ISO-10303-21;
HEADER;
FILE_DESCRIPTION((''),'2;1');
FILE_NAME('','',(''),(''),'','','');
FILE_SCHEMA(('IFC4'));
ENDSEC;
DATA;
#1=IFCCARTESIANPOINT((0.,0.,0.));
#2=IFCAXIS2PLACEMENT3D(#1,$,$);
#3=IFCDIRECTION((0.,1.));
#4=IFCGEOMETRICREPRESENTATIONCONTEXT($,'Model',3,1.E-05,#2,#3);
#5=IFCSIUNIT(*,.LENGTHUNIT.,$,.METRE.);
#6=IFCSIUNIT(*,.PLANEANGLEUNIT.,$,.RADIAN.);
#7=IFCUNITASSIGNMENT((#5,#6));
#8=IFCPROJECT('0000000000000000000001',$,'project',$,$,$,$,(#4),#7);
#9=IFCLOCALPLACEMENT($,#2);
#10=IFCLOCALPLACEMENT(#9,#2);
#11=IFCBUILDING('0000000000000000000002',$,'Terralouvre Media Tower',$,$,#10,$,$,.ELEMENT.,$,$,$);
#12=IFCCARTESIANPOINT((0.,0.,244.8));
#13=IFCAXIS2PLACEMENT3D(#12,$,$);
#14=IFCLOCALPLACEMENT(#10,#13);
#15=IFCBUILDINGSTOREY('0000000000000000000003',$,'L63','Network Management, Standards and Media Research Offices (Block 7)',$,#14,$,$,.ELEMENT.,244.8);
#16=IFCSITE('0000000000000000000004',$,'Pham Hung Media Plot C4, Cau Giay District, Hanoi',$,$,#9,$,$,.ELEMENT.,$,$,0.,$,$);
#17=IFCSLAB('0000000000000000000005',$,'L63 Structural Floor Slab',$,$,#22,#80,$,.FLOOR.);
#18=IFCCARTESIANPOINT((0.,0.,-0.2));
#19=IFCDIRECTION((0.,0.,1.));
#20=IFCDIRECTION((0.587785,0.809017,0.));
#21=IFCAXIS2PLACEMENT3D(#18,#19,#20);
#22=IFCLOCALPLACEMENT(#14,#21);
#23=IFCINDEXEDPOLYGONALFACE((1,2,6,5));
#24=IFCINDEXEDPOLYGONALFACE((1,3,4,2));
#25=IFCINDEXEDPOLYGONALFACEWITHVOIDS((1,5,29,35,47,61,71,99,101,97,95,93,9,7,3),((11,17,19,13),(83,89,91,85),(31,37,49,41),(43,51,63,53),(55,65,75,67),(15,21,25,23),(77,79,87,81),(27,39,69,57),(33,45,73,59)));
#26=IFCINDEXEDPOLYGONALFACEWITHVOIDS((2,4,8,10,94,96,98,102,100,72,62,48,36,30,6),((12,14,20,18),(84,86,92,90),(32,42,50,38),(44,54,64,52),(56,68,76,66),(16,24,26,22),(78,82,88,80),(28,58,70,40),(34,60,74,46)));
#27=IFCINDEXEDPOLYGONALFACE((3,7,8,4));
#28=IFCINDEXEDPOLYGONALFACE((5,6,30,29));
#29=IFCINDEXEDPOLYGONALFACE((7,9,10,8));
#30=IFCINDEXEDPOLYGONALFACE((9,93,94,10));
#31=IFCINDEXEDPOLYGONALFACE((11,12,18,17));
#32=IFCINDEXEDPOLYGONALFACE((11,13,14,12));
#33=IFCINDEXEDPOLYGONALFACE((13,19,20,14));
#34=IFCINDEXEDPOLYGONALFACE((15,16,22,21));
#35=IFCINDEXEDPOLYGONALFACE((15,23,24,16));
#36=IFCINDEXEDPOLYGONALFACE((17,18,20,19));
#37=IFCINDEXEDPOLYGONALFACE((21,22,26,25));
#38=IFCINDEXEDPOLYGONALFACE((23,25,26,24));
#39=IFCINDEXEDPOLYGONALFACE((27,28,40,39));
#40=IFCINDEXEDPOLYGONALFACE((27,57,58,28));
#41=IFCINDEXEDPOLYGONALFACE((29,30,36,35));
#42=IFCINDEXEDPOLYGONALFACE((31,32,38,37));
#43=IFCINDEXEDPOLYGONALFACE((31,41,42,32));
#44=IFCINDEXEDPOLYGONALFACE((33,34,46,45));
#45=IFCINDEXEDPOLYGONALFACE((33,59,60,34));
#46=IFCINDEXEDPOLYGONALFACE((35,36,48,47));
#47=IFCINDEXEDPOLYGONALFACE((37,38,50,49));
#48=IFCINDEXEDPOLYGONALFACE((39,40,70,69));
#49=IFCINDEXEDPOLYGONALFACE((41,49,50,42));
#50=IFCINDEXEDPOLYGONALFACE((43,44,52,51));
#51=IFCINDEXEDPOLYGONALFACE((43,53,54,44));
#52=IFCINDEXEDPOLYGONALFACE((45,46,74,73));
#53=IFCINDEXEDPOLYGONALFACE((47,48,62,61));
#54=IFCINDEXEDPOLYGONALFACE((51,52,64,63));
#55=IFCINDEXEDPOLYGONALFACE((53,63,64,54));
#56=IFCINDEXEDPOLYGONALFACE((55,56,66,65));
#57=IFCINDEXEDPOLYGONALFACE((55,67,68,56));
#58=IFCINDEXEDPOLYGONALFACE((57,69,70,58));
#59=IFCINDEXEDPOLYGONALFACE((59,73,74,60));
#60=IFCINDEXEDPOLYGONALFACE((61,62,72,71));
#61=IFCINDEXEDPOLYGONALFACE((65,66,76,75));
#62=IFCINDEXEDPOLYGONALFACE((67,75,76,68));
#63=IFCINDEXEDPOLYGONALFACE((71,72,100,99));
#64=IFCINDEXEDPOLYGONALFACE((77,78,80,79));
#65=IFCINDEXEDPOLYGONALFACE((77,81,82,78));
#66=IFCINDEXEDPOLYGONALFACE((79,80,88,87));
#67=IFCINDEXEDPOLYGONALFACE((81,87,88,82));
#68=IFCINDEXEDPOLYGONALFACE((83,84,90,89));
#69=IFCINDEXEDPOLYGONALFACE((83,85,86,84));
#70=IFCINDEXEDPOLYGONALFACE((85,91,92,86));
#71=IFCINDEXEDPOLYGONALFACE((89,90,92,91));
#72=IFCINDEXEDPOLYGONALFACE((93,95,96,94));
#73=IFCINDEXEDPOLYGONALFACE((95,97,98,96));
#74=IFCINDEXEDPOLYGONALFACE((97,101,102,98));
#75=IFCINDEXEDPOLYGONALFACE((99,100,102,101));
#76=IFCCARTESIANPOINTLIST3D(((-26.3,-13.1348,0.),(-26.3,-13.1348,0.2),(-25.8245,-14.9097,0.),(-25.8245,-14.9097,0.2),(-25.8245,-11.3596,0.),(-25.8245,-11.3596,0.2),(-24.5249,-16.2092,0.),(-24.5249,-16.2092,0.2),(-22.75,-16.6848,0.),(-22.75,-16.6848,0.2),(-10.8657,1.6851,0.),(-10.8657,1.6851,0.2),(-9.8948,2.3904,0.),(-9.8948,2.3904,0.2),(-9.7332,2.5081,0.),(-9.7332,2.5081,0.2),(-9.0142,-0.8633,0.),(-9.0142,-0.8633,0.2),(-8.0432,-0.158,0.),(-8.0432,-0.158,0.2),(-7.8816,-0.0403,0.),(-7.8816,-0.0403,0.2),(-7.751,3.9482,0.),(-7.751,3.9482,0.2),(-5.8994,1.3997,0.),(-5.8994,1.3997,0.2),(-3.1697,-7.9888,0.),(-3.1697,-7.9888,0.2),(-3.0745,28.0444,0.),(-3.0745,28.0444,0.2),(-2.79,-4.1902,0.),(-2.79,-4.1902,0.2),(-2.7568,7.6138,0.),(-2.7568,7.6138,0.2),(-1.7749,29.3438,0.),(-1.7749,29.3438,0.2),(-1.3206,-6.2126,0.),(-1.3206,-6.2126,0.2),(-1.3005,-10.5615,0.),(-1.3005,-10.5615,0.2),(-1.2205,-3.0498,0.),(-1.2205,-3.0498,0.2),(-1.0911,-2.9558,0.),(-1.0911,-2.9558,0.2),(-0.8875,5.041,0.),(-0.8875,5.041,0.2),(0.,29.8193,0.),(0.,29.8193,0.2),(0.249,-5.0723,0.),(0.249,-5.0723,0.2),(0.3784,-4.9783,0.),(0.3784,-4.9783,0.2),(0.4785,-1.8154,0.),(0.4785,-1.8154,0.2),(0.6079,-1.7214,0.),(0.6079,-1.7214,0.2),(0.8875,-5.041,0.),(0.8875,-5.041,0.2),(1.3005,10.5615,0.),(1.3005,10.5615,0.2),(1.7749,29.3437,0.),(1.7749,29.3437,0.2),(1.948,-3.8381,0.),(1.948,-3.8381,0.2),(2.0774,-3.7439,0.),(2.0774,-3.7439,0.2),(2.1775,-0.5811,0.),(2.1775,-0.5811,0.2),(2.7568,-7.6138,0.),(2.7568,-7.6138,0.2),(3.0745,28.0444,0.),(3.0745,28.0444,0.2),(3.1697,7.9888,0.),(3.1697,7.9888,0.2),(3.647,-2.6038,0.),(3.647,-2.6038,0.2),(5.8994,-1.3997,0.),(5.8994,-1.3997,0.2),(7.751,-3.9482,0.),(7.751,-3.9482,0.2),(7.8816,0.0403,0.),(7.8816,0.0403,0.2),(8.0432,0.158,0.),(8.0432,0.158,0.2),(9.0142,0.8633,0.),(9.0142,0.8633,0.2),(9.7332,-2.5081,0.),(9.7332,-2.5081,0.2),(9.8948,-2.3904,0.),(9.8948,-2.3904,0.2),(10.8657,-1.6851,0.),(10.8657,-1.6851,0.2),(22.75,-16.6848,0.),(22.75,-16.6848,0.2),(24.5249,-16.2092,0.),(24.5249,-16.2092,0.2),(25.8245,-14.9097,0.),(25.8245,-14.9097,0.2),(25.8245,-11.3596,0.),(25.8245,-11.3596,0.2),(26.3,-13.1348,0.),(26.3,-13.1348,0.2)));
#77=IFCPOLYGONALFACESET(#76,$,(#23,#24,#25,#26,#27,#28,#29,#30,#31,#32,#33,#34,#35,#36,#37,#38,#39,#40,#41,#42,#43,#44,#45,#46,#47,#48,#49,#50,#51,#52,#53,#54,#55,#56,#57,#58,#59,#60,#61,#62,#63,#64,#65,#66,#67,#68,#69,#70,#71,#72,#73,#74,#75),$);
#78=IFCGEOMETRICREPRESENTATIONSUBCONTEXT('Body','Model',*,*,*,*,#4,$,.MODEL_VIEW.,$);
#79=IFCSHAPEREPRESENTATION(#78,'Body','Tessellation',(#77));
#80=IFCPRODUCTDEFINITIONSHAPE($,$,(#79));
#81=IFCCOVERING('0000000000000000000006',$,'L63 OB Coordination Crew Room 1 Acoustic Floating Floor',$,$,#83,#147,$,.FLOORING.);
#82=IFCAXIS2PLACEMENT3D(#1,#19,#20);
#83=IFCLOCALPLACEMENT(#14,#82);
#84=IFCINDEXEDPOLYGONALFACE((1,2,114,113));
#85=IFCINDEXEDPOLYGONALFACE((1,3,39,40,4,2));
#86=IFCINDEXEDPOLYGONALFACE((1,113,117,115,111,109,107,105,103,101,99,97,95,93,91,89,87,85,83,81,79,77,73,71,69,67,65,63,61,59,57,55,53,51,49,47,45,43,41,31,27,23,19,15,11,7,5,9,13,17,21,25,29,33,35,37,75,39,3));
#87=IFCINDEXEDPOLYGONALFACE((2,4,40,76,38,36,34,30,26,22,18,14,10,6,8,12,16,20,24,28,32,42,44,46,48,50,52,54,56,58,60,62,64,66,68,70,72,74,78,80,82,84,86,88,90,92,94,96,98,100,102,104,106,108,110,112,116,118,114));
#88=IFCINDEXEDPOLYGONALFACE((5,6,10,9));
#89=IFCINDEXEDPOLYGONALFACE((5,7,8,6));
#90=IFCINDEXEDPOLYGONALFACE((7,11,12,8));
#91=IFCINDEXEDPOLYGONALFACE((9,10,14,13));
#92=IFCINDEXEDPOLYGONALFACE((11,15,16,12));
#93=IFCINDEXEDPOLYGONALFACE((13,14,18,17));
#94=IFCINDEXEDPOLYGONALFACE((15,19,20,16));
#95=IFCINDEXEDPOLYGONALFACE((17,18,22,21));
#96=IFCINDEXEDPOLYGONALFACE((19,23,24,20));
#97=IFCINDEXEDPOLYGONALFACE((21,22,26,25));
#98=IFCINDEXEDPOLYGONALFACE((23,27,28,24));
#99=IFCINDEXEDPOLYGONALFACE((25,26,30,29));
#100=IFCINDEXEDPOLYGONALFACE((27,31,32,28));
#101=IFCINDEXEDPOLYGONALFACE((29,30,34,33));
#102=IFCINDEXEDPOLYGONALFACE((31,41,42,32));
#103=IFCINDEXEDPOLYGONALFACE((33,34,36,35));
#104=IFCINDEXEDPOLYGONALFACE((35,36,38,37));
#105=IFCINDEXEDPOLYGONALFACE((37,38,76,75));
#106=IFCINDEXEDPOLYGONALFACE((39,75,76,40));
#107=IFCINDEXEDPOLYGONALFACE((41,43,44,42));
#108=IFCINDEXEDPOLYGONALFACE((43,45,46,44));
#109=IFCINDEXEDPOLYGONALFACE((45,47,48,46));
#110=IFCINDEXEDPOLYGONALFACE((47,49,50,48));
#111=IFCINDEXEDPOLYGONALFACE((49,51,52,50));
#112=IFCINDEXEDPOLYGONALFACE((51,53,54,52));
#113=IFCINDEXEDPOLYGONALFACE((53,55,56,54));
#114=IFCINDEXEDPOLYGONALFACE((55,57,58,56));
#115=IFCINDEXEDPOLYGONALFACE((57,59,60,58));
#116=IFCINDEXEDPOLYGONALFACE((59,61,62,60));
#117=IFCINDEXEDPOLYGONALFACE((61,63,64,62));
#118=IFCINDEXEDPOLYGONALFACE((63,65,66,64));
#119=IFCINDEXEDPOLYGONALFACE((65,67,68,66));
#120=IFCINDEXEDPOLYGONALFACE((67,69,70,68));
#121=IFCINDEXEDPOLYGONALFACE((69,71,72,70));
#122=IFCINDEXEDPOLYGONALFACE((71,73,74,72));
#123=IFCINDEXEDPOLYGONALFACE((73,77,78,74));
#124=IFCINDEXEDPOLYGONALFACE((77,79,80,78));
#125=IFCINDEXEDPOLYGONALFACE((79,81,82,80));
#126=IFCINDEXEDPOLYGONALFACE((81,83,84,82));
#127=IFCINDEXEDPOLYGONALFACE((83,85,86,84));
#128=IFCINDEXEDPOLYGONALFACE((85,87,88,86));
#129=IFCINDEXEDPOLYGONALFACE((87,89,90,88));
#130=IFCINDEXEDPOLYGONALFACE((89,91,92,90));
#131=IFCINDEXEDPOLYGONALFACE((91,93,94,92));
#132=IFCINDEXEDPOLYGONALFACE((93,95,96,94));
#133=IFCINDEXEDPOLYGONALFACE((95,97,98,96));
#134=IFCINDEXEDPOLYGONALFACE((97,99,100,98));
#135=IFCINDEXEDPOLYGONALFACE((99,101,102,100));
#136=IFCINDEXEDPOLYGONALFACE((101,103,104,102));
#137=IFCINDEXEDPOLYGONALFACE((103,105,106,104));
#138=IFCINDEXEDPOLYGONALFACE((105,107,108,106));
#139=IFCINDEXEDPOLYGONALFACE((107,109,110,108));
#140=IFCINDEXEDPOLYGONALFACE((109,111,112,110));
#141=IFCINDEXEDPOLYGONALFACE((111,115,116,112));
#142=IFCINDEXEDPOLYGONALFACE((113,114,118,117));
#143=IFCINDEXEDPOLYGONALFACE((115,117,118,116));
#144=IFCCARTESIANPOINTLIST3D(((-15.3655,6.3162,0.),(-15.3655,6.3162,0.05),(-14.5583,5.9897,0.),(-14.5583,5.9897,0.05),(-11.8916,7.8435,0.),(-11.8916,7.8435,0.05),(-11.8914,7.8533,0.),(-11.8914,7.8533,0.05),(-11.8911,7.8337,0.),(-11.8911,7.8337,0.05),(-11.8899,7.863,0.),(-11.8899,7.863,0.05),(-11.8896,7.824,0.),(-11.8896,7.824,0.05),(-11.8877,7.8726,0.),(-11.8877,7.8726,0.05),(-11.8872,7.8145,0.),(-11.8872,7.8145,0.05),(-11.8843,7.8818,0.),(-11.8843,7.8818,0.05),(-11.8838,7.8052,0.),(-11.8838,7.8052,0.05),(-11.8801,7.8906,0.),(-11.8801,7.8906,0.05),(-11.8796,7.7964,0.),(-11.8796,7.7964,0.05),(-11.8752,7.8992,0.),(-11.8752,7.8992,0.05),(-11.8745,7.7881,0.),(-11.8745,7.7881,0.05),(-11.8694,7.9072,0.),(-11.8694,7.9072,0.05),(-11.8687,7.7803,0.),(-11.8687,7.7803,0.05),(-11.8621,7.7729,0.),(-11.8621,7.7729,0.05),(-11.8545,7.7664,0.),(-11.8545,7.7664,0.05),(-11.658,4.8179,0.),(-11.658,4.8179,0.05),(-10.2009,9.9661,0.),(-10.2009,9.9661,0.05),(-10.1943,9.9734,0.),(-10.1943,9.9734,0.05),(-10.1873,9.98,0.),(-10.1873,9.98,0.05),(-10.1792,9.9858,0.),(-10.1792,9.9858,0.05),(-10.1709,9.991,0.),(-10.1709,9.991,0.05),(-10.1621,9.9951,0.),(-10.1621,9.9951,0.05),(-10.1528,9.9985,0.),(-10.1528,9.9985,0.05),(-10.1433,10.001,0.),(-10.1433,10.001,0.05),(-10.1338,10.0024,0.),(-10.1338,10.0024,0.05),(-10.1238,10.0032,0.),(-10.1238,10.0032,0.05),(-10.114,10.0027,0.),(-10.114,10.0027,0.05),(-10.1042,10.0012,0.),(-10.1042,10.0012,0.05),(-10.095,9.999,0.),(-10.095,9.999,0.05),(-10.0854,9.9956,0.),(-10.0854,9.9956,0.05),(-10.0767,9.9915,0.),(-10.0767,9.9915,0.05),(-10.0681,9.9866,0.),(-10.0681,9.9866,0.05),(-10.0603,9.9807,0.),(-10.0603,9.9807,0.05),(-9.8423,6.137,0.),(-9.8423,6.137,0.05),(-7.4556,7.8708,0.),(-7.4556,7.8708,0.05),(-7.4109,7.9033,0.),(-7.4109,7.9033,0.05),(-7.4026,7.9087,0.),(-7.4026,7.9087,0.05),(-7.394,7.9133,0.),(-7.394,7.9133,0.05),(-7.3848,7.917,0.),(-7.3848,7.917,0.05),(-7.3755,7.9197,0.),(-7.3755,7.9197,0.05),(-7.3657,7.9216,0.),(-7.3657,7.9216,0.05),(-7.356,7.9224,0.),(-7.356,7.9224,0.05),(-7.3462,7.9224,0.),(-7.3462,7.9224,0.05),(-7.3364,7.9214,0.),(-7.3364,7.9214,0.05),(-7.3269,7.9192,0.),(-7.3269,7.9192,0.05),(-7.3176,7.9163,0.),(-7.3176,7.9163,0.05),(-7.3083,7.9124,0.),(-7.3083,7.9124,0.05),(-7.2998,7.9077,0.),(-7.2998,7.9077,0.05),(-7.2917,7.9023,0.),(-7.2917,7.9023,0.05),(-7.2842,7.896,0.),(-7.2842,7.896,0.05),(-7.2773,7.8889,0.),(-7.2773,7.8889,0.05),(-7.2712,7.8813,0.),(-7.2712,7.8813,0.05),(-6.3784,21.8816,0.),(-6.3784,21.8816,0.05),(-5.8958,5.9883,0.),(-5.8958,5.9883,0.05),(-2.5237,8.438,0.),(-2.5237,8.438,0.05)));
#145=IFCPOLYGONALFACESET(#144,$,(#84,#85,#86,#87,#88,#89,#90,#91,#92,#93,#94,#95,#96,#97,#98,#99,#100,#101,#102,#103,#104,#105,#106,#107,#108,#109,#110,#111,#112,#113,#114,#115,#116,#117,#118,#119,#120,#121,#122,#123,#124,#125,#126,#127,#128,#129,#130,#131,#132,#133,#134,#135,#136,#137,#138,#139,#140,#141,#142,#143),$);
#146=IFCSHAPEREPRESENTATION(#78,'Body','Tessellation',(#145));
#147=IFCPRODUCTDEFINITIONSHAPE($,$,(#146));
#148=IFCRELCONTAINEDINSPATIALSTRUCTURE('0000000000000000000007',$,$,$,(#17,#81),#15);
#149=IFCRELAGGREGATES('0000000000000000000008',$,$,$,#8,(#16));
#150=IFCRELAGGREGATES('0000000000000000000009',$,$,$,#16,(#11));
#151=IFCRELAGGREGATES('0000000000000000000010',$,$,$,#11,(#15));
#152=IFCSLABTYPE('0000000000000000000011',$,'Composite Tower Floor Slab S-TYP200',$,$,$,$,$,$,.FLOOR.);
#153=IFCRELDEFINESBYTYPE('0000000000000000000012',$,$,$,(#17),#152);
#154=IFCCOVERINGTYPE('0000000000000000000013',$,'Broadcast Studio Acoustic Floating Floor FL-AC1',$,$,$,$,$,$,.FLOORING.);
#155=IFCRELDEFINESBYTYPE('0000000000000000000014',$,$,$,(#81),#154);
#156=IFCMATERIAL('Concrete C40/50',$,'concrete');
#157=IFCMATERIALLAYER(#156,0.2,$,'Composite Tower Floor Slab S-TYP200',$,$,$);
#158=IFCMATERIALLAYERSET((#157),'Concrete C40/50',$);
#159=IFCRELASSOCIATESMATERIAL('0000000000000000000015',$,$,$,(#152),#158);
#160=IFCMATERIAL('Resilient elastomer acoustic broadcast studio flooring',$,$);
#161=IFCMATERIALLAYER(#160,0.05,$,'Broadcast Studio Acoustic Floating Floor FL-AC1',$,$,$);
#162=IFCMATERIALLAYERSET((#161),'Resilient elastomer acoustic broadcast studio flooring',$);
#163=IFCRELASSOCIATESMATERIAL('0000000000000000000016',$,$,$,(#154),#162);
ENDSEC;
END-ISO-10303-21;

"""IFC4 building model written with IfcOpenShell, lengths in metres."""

from ifc_helpers import new_model, si_unit, direction, frame, origin, place, context, subcontext, project, spatial, polyline, outline, extrude, material, layer, layer_set, type_object, element, save


model = new_model("IFC4")

# Units and contexts
model_context = context("Model", 3, precision=1e-05, world=origin(), true_north=direction((0.0, 1.0)))
body_context = subcontext(model_context, "Body", "Model", "MODEL_VIEW")
ifc_project = project(units=[si_unit("LENGTHUNIT", "METRE"), si_unit("PLANEANGLEUNIT", "RADIAN")], contexts=[model_context])

# Site, building, storey
site_placement = place(None, origin())
site = spatial("IfcSite", under=ifc_project, at=site_placement, Name="Pham Hung Media Plot C4, Cau Giay District, Hanoi", CompositionType="ELEMENT", RefElevation=0.0)
building_placement = place(site_placement, origin())
building = spatial("IfcBuilding", under=site, at=building_placement, Name="Terralouvre Media Tower", CompositionType="ELEMENT")
storey_placement = place(building_placement, frame((0.0, 0.0, 244.8)))
storey = spatial("IfcBuildingStorey", under=building, at=storey_placement, Name="L63", Description="Network Management, Standards and Media Research Offices (Block 7)", CompositionType="ELEMENT", Elevation=244.8)

# Slab
ifc_material_1 = material(Name="Concrete C40/50", Category="concrete")
ifc_layer_1 = layer(ifc_material_1, 0.2, Name="Composite Tower Floor Slab S-TYP200")
ifc_layer_set_1 = layer_set([ifc_layer_1], Name="Concrete C40/50")
slab_type = type_object("IfcSlabType", Name="Composite Tower Floor Slab S-TYP200", PredefinedType="FLOOR", material=ifc_layer_set_1)
slab_placement = place(storey_placement, frame((0.0, 0.0, -0.2), z_axis=(0.0, 0.0, 1.0), x_axis=(0.587785, 0.809017, 0.0)))
element("IfcSlab", 1, at=slab_placement, inside=storey, type_object=slab_type, Name="L63 Structural Floor Slab", PredefinedType="FLOOR", context=body_context, shape_type="SweptSolid", body=[
    extrude(outline(polyline([(-25.8245, -11.3596), (-26.3, -13.1348), (-25.8245, -14.9097), (-24.5249, -16.2092), (-22.75, -16.6848), (22.75, -16.6848), (24.5249, -16.2092), (25.8245, -14.9097), (26.3, -13.1348), (25.8245, -11.3596), (3.0745, 28.0444), (1.7749, 29.3438), (0.0, 29.8193), (-1.7749, 29.3438), (-3.0745, 28.0444), (-25.8245, -11.3596)]), holes=[polyline([(-8.0432, -0.158), (-9.0142, -0.8633), (-10.8657, 1.6851), (-9.8948, 2.3904), (-8.0432, -0.158)]), polyline([(-5.8994, 1.3997), (-7.8816, -0.0403), (-9.7332, 2.5081), (-7.751, 3.9482), (-5.8994, 1.3997)]), polyline([(-3.1697, -7.9888), (0.8875, -5.041), (2.7568, -7.6138), (-1.3005, -10.5615), (-3.1697, -7.9888)]), polyline([(0.249, -5.0723), (-1.3206, -6.2126), (-2.79, -4.1902), (-1.2205, -3.0498), (0.249, -5.0723)]), polyline([(1.948, -3.8381), (0.3784, -4.9783), (-1.0911, -2.9558), (0.4785, -1.8154), (1.948, -3.8381)]), polyline([(3.647, -2.6038), (2.0774, -3.7439), (0.6079, -1.7214), (2.1775, -0.5811), (3.647, -2.6038)]), polyline([(3.1697, 7.9888), (-0.8875, 5.041), (-2.7568, 7.6138), (1.3005, 10.5615), (3.1697, 7.9888)]), polyline([(7.751, -3.9482), (5.8994, -1.3997), (7.8816, 0.0403), (9.7332, -2.5081), (7.751, -3.9482)]), polyline([(9.8948, -2.3904), (8.0432, 0.158), (9.0142, 0.8633), (10.8657, -1.6851), (9.8948, -2.3904)])]), origin(), (0.0, 0.0, 1.0), 0.2),
])

# Covering
ifc_material_2 = material(Name="Resilient elastomer acoustic broadcast studio flooring")
ifc_layer_2 = layer(ifc_material_2, 0.05, Name="Broadcast Studio Acoustic Floating Floor FL-AC1")
ifc_layer_set_2 = layer_set([ifc_layer_2], Name="Resilient elastomer acoustic broadcast studio flooring")
covering_type_1 = type_object("IfcCoveringType", Name="Broadcast Studio Acoustic Floating Floor FL-AC1", PredefinedType="FLOORING", material=ifc_layer_set_2)
covering_1_placement = place(storey_placement, frame((0.0, 0.0, 0.0), z_axis=(0.0, 0.0, 1.0), x_axis=(0.587785, 0.809017, 0.0)))
element("IfcCovering", 2, at=covering_1_placement, inside=storey, type_object=covering_type_1, Name="L63 OB Coordination Crew Room 1 Acoustic Floating Floor", PredefinedType="FLOORING", context=body_context, shape_type="SweptSolid", body=[
    extrude(outline(polyline([(-11.658, 4.8179), (-9.8423, 6.137), (-11.8545, 7.7664), (-11.8621, 7.7729), (-11.8687, 7.7803), (-11.8745, 7.7881), (-11.8796, 7.7964), (-11.8838, 7.8052), (-11.8872, 7.8145), (-11.8896, 7.824), (-11.8911, 7.8337), (-11.8916, 7.8435), (-11.8914, 7.8533), (-11.8899, 7.863), (-11.8877, 7.8726), (-11.8843, 7.8818), (-11.8801, 7.8906), (-11.8752, 7.8992), (-11.8694, 7.9072), (-10.2009, 9.9661), (-10.1943, 9.9734), (-10.1873, 9.98), (-10.1792, 9.9858), (-10.1709, 9.991), (-10.1621, 9.9951), (-10.1528, 9.9985), (-10.1433, 10.001), (-10.1338, 10.0024), (-10.1238, 10.0032), (-10.114, 10.0027), (-10.1042, 10.0012), (-10.095, 9.999), (-10.0854, 9.9956), (-10.0767, 9.9915), (-10.0681, 9.9866), (-10.0603, 9.9807), (-7.4556, 7.8708), (-7.4109, 7.9033), (-7.4026, 7.9087), (-7.394, 7.9133), (-7.3848, 7.917), (-7.3755, 7.9197), (-7.3657, 7.9216), (-7.356, 7.9224), (-7.3462, 7.9224), (-7.3364, 7.9214), (-7.3269, 7.9192), (-7.3176, 7.9163), (-7.3083, 7.9124), (-7.2998, 7.9077), (-7.2917, 7.9023), (-7.2842, 7.896), (-7.2773, 7.8889), (-7.2712, 7.8813), (-5.8958, 5.9883), (-2.5237, 8.438), (-6.3784, 21.8816), (-15.3655, 6.3162), (-14.5583, 5.9897), (-11.658, 4.8179)])), origin(), (0.0, 0.0, 1.0), 0.05),
])

save(model, "model.ifc")
